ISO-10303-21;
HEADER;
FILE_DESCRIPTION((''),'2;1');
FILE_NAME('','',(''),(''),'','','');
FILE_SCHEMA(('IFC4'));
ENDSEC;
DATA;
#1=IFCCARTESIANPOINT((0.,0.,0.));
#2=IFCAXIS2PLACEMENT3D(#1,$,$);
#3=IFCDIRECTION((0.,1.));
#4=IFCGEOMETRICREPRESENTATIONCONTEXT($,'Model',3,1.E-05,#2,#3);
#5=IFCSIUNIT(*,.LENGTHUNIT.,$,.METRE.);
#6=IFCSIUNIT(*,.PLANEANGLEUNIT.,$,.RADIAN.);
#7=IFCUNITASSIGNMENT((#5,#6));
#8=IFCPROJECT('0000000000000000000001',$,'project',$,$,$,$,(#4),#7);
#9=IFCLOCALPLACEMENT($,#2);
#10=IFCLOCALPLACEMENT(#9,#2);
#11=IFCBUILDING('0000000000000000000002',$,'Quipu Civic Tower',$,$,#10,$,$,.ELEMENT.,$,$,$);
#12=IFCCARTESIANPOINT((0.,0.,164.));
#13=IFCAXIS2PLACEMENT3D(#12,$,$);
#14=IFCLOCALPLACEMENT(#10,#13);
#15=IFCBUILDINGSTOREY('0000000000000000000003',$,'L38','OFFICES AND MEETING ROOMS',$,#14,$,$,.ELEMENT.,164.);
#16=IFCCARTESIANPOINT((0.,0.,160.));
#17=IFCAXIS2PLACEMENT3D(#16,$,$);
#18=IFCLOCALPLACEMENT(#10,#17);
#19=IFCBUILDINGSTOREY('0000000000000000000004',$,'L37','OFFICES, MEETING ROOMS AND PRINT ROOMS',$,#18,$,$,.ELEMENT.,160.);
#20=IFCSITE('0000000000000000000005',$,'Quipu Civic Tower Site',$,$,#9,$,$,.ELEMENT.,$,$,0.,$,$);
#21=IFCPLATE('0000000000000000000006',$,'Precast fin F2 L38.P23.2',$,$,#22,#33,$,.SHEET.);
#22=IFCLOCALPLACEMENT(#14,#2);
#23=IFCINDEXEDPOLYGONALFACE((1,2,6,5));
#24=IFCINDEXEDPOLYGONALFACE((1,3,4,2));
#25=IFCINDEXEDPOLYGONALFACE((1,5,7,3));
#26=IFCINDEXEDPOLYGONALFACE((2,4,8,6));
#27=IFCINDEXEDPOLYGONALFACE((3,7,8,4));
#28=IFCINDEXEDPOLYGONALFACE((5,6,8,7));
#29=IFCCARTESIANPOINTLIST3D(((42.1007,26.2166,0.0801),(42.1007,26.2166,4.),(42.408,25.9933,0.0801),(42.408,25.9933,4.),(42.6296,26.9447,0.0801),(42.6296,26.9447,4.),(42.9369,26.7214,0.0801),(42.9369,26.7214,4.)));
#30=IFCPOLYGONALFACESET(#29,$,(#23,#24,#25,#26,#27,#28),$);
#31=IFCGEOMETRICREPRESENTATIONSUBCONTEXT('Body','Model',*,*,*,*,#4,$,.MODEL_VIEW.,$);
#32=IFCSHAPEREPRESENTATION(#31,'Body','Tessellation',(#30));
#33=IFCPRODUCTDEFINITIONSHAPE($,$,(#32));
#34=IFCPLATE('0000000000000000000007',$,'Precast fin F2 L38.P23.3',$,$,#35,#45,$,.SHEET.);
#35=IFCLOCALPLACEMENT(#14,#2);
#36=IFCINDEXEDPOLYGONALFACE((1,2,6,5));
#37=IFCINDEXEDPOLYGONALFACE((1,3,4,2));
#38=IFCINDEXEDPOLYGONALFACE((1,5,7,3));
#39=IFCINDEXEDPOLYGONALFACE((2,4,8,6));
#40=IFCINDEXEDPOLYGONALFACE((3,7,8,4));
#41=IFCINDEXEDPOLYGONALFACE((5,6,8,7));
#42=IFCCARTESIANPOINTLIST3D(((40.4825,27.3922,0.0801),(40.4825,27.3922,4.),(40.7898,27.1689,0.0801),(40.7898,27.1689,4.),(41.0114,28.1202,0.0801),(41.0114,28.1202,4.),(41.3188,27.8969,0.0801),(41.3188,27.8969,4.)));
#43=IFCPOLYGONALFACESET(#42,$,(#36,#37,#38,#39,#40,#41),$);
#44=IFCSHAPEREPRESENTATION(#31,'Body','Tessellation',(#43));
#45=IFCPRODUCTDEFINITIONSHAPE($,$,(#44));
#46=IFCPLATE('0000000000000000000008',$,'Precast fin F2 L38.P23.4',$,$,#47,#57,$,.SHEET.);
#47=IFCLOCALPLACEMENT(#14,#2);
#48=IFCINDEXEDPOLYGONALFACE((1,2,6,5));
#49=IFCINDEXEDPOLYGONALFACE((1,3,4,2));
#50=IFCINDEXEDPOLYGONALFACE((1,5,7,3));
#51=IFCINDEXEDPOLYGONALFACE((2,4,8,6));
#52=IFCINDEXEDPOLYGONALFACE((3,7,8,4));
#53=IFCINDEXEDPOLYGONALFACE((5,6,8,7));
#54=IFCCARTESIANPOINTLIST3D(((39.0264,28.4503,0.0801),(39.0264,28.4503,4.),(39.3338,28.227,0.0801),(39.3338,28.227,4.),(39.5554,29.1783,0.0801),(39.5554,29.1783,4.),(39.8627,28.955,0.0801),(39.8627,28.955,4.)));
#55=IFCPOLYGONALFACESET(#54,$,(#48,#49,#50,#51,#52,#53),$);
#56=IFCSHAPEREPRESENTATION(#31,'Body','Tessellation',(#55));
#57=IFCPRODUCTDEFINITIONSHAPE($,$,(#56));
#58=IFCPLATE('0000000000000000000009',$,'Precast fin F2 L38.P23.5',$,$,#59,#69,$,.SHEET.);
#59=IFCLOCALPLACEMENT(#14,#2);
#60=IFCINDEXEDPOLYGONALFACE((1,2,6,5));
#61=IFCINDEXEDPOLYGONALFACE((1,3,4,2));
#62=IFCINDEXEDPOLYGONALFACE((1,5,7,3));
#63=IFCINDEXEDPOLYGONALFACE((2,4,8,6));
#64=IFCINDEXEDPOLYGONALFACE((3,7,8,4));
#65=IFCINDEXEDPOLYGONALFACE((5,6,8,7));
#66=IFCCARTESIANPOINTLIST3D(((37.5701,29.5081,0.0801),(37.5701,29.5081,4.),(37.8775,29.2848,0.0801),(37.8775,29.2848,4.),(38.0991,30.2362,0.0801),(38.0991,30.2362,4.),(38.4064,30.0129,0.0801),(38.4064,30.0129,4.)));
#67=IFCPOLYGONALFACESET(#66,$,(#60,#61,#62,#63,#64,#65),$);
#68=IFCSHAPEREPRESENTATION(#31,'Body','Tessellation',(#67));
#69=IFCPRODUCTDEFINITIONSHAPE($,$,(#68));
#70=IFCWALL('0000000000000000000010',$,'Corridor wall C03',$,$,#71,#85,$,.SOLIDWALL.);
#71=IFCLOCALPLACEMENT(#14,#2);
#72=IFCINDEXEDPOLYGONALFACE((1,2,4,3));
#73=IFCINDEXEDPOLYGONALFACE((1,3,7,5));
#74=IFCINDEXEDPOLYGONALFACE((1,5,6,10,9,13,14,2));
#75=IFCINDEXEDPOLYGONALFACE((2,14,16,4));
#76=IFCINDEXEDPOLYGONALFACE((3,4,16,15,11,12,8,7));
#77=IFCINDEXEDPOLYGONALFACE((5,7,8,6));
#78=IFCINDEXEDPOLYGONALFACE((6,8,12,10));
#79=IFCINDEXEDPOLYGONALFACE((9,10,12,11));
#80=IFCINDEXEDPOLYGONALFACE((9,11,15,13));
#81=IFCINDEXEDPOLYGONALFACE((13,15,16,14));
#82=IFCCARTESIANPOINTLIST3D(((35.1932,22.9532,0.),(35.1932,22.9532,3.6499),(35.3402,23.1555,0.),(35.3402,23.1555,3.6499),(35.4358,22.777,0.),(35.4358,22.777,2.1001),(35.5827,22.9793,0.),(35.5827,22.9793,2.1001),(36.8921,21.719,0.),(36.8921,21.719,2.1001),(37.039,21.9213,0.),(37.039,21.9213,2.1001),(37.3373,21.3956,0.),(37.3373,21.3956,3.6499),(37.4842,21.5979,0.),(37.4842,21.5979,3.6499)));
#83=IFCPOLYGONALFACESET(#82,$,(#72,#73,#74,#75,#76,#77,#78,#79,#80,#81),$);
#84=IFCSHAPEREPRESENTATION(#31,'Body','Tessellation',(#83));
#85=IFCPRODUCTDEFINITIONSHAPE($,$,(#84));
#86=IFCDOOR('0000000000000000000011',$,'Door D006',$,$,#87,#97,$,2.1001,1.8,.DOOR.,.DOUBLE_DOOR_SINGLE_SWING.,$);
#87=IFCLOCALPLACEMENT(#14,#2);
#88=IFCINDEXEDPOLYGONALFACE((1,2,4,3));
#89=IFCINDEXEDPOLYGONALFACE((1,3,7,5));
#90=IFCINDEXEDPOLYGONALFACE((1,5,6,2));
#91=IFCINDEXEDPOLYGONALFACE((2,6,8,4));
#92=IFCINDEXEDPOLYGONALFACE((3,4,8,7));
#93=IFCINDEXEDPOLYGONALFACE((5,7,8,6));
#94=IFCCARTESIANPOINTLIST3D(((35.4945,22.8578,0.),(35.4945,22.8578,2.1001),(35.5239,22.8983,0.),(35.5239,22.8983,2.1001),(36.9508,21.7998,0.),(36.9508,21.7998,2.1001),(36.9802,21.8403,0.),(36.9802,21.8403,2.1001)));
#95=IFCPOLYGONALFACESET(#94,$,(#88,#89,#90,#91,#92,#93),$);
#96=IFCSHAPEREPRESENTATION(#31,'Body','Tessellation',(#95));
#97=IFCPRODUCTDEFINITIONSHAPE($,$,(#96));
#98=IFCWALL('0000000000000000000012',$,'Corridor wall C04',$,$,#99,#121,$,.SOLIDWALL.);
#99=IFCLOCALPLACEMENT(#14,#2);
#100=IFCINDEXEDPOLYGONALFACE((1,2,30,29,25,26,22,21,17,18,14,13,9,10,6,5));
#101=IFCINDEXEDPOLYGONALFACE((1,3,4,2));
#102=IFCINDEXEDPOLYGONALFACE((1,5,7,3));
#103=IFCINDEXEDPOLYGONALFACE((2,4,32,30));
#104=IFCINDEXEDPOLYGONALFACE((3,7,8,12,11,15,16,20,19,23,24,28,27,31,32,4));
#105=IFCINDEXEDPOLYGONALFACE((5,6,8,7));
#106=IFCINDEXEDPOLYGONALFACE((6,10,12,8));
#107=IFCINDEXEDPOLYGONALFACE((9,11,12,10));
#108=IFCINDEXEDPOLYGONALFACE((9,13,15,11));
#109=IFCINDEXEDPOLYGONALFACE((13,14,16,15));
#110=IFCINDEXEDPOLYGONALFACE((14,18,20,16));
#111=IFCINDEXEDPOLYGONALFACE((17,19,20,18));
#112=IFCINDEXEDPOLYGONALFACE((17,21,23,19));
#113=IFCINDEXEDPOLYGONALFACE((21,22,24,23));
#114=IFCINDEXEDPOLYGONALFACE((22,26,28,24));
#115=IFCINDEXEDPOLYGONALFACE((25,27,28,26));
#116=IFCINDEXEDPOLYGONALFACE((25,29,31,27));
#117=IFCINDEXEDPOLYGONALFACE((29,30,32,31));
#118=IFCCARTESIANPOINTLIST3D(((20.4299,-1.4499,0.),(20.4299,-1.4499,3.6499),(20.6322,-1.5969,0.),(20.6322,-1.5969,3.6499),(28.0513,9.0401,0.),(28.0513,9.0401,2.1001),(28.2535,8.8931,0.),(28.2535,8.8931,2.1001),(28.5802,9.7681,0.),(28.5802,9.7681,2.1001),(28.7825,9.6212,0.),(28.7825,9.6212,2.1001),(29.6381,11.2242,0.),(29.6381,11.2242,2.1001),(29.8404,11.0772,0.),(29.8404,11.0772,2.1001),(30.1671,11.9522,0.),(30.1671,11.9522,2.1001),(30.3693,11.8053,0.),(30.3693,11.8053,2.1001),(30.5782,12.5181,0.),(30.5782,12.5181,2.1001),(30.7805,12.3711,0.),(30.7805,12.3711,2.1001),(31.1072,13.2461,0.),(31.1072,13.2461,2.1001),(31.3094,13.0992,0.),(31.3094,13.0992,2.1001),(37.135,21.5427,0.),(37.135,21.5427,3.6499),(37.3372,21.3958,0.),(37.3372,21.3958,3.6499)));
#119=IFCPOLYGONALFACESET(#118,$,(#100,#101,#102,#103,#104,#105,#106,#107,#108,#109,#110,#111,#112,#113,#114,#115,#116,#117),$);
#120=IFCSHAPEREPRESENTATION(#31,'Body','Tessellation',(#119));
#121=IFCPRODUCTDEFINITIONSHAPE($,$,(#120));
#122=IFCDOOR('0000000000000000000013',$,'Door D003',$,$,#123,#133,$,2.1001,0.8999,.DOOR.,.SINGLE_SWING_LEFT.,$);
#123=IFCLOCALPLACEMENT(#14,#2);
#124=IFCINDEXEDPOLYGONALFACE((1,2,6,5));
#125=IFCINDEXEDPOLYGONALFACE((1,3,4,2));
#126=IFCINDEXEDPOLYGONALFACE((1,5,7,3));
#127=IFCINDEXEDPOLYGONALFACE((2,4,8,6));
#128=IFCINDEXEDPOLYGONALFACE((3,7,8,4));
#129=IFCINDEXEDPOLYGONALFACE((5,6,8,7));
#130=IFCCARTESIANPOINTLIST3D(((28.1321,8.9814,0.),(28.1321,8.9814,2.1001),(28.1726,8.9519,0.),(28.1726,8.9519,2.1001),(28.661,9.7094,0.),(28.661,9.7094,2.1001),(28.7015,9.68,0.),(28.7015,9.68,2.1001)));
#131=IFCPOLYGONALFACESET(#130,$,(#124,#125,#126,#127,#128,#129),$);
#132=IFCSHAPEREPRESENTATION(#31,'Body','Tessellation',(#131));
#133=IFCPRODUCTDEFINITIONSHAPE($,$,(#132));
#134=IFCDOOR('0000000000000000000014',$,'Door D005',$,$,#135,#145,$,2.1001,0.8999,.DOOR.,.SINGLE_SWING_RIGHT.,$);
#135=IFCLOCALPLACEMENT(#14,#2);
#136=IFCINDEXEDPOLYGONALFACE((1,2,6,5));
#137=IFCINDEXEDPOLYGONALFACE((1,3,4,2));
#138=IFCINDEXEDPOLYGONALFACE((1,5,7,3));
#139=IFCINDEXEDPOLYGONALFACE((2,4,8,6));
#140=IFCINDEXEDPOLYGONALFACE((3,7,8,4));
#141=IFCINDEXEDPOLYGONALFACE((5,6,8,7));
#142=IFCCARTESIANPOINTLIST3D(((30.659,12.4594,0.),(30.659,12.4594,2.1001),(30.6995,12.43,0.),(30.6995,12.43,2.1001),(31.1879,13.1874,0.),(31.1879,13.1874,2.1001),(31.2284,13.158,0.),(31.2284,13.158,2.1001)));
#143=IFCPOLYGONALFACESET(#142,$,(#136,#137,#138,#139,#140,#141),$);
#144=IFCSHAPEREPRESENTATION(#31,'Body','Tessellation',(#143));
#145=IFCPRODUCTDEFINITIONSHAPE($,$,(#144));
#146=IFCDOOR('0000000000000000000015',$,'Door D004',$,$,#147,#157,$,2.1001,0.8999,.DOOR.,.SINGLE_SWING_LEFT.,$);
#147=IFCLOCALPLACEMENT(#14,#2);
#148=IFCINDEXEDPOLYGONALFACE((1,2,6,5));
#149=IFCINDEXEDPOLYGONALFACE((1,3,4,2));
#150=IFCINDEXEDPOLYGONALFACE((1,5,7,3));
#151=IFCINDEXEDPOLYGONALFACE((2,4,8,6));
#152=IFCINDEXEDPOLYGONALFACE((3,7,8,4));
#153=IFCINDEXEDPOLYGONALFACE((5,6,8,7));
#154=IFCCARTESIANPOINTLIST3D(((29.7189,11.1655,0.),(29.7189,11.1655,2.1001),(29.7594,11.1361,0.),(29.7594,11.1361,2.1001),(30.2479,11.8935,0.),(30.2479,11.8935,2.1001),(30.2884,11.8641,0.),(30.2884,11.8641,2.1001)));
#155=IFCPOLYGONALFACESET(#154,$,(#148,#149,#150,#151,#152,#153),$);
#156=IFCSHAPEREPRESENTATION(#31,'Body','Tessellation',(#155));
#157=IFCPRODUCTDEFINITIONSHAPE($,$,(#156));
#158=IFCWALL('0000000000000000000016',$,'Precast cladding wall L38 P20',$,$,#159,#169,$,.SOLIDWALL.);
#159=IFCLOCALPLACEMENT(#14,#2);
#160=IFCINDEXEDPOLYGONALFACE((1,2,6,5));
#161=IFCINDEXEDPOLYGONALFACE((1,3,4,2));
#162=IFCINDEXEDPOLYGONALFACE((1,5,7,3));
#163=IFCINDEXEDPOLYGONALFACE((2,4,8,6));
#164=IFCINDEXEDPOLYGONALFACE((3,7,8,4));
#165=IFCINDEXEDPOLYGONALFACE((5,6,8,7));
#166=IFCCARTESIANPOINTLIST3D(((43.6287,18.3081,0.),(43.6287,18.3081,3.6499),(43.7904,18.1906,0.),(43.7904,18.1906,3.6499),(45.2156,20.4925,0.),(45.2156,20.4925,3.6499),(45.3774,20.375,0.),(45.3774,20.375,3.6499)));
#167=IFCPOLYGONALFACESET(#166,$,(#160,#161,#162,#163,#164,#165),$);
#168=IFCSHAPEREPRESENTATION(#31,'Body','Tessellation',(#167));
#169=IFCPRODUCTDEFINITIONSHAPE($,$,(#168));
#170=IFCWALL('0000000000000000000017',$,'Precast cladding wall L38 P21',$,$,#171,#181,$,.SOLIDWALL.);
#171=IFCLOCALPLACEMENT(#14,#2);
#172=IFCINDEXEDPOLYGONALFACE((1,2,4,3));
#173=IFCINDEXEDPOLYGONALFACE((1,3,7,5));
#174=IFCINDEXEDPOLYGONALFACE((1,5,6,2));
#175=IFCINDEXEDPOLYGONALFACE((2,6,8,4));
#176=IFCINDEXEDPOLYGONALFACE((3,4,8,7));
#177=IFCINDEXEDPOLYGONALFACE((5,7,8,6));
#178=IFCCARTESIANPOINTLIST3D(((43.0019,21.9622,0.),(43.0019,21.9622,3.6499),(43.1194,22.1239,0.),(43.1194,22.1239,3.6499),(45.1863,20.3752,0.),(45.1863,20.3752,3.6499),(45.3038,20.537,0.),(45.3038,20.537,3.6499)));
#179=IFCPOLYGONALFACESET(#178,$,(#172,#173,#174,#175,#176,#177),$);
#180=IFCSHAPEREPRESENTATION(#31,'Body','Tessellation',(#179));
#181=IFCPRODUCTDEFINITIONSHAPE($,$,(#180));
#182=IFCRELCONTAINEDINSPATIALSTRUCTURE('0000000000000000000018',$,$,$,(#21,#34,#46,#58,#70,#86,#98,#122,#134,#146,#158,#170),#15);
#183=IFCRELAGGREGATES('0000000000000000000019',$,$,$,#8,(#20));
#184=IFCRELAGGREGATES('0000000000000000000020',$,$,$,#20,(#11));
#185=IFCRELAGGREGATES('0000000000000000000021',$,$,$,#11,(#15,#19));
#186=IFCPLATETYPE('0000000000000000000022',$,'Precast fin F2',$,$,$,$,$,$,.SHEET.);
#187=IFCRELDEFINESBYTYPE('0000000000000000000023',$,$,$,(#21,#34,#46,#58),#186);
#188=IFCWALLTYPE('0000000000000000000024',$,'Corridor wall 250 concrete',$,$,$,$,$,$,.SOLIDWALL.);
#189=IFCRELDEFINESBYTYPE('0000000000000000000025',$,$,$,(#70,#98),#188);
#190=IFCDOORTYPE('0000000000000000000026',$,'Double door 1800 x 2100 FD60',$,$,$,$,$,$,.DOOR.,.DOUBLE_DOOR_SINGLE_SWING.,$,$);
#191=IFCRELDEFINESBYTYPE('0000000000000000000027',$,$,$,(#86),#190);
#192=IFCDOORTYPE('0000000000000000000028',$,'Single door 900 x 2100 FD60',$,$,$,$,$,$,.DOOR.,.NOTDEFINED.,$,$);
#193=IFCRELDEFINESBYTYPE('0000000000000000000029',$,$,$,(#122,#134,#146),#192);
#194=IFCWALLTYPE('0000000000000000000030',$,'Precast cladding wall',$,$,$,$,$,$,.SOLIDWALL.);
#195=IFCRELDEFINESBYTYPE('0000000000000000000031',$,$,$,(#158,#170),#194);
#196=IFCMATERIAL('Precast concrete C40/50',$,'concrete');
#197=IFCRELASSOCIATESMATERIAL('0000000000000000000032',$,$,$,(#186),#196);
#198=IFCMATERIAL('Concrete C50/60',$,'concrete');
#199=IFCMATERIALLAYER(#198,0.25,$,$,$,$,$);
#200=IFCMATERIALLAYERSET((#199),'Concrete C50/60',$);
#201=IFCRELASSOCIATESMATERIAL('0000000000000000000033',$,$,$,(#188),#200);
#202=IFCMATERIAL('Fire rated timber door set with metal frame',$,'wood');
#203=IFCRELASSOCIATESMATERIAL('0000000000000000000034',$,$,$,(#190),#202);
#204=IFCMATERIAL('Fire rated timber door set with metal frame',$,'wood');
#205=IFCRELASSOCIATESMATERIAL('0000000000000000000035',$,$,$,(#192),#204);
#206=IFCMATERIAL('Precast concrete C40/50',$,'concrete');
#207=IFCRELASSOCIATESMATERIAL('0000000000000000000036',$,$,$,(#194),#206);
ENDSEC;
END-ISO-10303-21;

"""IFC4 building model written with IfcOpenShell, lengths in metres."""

from ifc_helpers import new_model, si_unit, direction, frame, frame_2d, origin, origin_2d, place, context, subcontext, project, spatial, rectangle, extrude, material, layer, layer_set, type_object, element, fill, save


model = new_model("IFC4")

# Units and contexts
model_context = context("Model", 3, precision=1e-05, world=origin(), true_north=direction((0.0, 1.0)))
body_context = subcontext(model_context, "Body", "Model", "MODEL_VIEW")
ifc_project = project(units=[si_unit("LENGTHUNIT", "METRE"), si_unit("PLANEANGLEUNIT", "RADIAN")], contexts=[model_context])

# Site, building, storey
site_placement = place(None, origin())
site = spatial("IfcSite", under=ifc_project, at=site_placement, Name="Quipu Civic Tower Site", CompositionType="ELEMENT", RefElevation=0.0)
building_placement = place(site_placement, origin())
building = spatial("IfcBuilding", under=site, at=building_placement, Name="Quipu Civic Tower", CompositionType="ELEMENT")
storey_1_placement = place(building_placement, frame((0.0, 0.0, 164.0)))
storey_1 = spatial("IfcBuildingStorey", under=building, at=storey_1_placement, Name="L38", Description="OFFICES AND MEETING ROOMS", CompositionType="ELEMENT", Elevation=164.0)

# Shared definitions
storey_2_placement = place(building_placement, frame((0.0, 0.0, 160.0)))
storey_2 = spatial("IfcBuildingStorey", under=building, at=storey_2_placement, Name="L37", Description="OFFICES, MEETING ROOMS AND PRINT ROOMS", CompositionType="ELEMENT", Elevation=160.0)

# Plates
ifc_material_1 = material(Name="Precast concrete C40/50", Category="concrete")
plate_type_1 = type_object("IfcPlateType", Name="Precast fin F2", PredefinedType="SHEET", material=ifc_material_1)
for number, where, z_axis, x_axis, name in (
    (1, (42.5188, 26.469, 0.0801), (0.0, 0.0, 1.0), (-0.809017, 0.587785, 0.0), "Precast fin F2 L38.P23.2"),
    (2, (40.9006, 27.6445, 0.0801), (0.0, 0.0, 1.0), (-0.809017, 0.587785, 0.0), "Precast fin F2 L38.P23.3"),
    (3, (39.4446, 28.7026, 0.0801), (0.0, 0.0, 1.0), (-0.809017, 0.587785, 0.0), "Precast fin F2 L38.P23.4"),
    (4, (37.9883, 29.7605, 0.0801), (0.0, 0.0, 1.0), (-0.809017, 0.587785, 0.0), "Precast fin F2 L38.P23.5"),
):
    element("IfcPlate", number, at=place(storey_1_placement, frame(where, z_axis=z_axis, x_axis=x_axis)), inside=storey_1, type_object=plate_type_1, Name=name, PredefinedType="SHEET", context=body_context, shape_type="SweptSolid", body=[
        extrude(rectangle(XDim=0.3799, YDim=0.8999, at=origin_2d()), origin(), (0.0, 0.0, 1.0), 3.9199),
    ])

# Wall, opening, door
ifc_material_2 = material(Name="Concrete C50/60", Category="concrete")
ifc_layer_1 = layer(ifc_material_2, 0.25)
ifc_layer_set_1 = layer_set([ifc_layer_1], Name="Concrete C50/60")
wall_type_1 = type_object("IfcWallType", Name="Corridor wall 250 concrete", PredefinedType="SOLIDWALL", material=ifc_layer_set_1)
wall_1_placement = place(storey_1_placement, frame((35.2666, 23.0544, 0.0), z_axis=(0.0, 0.0, 1.0), x_axis=(0.809039, -0.587755, 0.0)))
wall_1 = element("IfcWall", 5, at=wall_1_placement, inside=storey_1, type_object=wall_type_1, Name="Corridor wall C03", PredefinedType="SOLIDWALL", context=body_context, shape_type="SweptSolid", body=[
    extrude(rectangle(XDim=2.6501, YDim=0.25, at=frame_2d((1.3252, 0.0))), origin(), (0.0, 0.0, 1.0), 3.6499),
])
opening_1_placement = place(wall_1_placement, frame((0.3, 0.0, 0.0)))
opening_1 = element("IfcOpeningElement", 6, at=opening_1_placement, cuts=wall_1, PredefinedType="OPENING", context=body_context, shape_type="SweptSolid", body=[
    extrude(rectangle(XDim=1.8, YDim=2.1001, at=frame_2d((0.8999, 1.05))), frame((0.0, 0.135, 0.0), z_axis=(0.0, -1.0, 0.0), x_axis=(1.0, 0.0, 0.0)), (0.0, 0.0, 1.0), 0.27),
])
ifc_material_3 = material(Name="Fire rated timber door set with metal frame", Category="wood")
door_type_1 = type_object("IfcDoorType", Name="Double door 1800 x 2100 FD60", OperationType="DOUBLE_DOOR_SINGLE_SWING", PredefinedType="DOOR", material=ifc_material_3)
door_1_placement = place(opening_1_placement, origin())
door_1 = element("IfcDoor", 7, at=door_1_placement, inside=storey_1, type_object=door_type_1, Name="Door D006", OperationType="DOUBLE_DOOR_SINGLE_SWING", OverallHeight=2.1001, OverallWidth=1.8, PredefinedType="DOOR", context=body_context, shape_type="SweptSolid", body=[
    extrude(rectangle(XDim=1.8, YDim=2.1001, at=frame_2d((0.8999, 1.05))), frame((0.0, 0.0249, 0.0), z_axis=(0.0, -1.0, 0.0), x_axis=(1.0, 0.0, 0.0)), (0.0, 0.0, 1.0), 0.05),
])
fill(opening_1, door_1)

# Wall, openings, doors
wall_2_placement = place(storey_1_placement, frame((37.2361, 21.4692, 0.0), z_axis=(0.0, 0.0, 1.0), x_axis=(-0.587783, -0.809018, 0.0)))
wall_2 = element("IfcWall", 8, at=wall_2_placement, inside=storey_1, type_object=wall_type_1, Name="Corridor wall C04", PredefinedType="SOLIDWALL", context=body_context, shape_type="SweptSolid", body=[
    extrude(rectangle(XDim=28.4204, YDim=0.25, at=frame_2d((14.2102, 0.0))), origin(), (0.0, 0.0, 1.0), 3.6499),
])
opening_2_placement = place(wall_2_placement, frame((14.5542, 0.0, 0.0)))
opening_2 = element("IfcOpeningElement", 9, at=opening_2_placement, cuts=wall_2, PredefinedType="OPENING", context=body_context, shape_type="SweptSolid", body=[
    extrude(rectangle(XDim=0.8999, YDim=2.1001, at=frame_2d((0.45, 1.05))), frame((0.0, 0.135, 0.0), z_axis=(0.0, -1.0, 0.0), x_axis=(1.0, 0.0, 0.0)), (0.0, 0.0, 1.0), 0.27),
])
opening_3_placement = place(wall_2_placement, frame((10.2551, 0.0, 0.0)))
opening_3 = element("IfcOpeningElement", 10, at=opening_3_placement, cuts=wall_2, PredefinedType="OPENING", context=body_context, shape_type="SweptSolid", body=[
    extrude(rectangle(XDim=0.8999, YDim=2.1001, at=frame_2d((0.45, 1.05))), frame((0.0, 0.135, 0.0), z_axis=(0.0, -1.0, 0.0), x_axis=(1.0, 0.0, 0.0)), (0.0, 0.0, 1.0), 0.27),
])
opening_4_placement = place(wall_2_placement, frame((11.8545, 0.0, 0.0)))
opening_4 = element("IfcOpeningElement", 11, at=opening_4_placement, cuts=wall_2, PredefinedType="OPENING", context=body_context, shape_type="SweptSolid", body=[
    extrude(rectangle(XDim=0.8999, YDim=2.1001, at=frame_2d((0.45, 1.05))), frame((0.0, 0.135, 0.0), z_axis=(0.0, -1.0, 0.0), x_axis=(1.0, 0.0, 0.0)), (0.0, 0.0, 1.0), 0.27),
])
ifc_material_4 = material(Name="Fire rated timber door set with metal frame", Category="wood")
door_type_2 = type_object("IfcDoorType", Name="Single door 900 x 2100 FD60", OperationType="NOTDEFINED", PredefinedType="DOOR", material=ifc_material_4)
door_2_placement = place(opening_2_placement, origin())
door_2 = element("IfcDoor", 12, at=door_2_placement, inside=storey_1, type_object=door_type_2, Name="Door D003", OperationType="SINGLE_SWING_LEFT", OverallHeight=2.1001, OverallWidth=0.8999, PredefinedType="DOOR", context=body_context, shape_type="SweptSolid", body=[
    extrude(rectangle(XDim=0.8999, YDim=2.1001, at=frame_2d((0.45, 1.05))), frame((0.0, 0.0249, 0.0), z_axis=(0.0, -1.0, 0.0), x_axis=(1.0, 0.0, 0.0)), (0.0, 0.0, 1.0), 0.05),
])
fill(opening_2, door_2)
door_3_placement = place(opening_3_placement, origin())
door_3 = element("IfcDoor", 13, at=door_3_placement, inside=storey_1, type_object=door_type_2, Name="Door D005", OperationType="SINGLE_SWING_RIGHT", OverallHeight=2.1001, OverallWidth=0.8999, PredefinedType="DOOR", context=body_context, shape_type="SweptSolid", body=[
    extrude(rectangle(XDim=0.8999, YDim=2.1001, at=frame_2d((0.45, 1.05))), frame((0.0, 0.0249, 0.0), z_axis=(0.0, -1.0, 0.0), x_axis=(1.0, 0.0, 0.0)), (0.0, 0.0, 1.0), 0.05),
])
fill(opening_3, door_3)
door_4_placement = place(opening_4_placement, origin())
door_4 = element("IfcDoor", 14, at=door_4_placement, inside=storey_1, type_object=door_type_2, Name="Door D004", OperationType="SINGLE_SWING_LEFT", OverallHeight=2.1001, OverallWidth=0.8999, PredefinedType="DOOR", context=body_context, shape_type="SweptSolid", body=[
    extrude(rectangle(XDim=0.8999, YDim=2.1001, at=frame_2d((0.45, 1.05))), frame((0.0, 0.0249, 0.0), z_axis=(0.0, -1.0, 0.0), x_axis=(1.0, 0.0, 0.0)), (0.0, 0.0, 1.0), 0.05),
])
fill(opening_4, door_4)

# Walls
ifc_material_5 = material(Name="Precast concrete C40/50", Category="concrete")
wall_type_2 = type_object("IfcWallType", Name="Precast cladding wall", PredefinedType="SOLIDWALL", material=ifc_material_5)
for number, where, z_axis, x_axis, name in (
    (15, (43.7095, 18.2493, 0.0), (0.0, 0.0, 1.0), (0.587763, 0.809033, 0.0), "Precast cladding wall L38 P20"),
    (16, (45.2451, 20.4561, 0.0), (0.0, 0.0, 1.0), (-0.809033, 0.587763, 0.0), "Precast cladding wall L38 P21"),
):
    element("IfcWall", number, at=place(storey_1_placement, frame(where, z_axis=z_axis, x_axis=x_axis)), inside=storey_1, type_object=wall_type_2, Name=name, PredefinedType="SOLIDWALL", context=body_context, shape_type="SweptSolid", body=[
        extrude(rectangle(XDim=2.7, YDim=0.2, at=frame_2d((1.3501, 0.0))), origin(), (0.0, 0.0, 1.0), 3.6499),
    ])

save(model, "model.ifc")
